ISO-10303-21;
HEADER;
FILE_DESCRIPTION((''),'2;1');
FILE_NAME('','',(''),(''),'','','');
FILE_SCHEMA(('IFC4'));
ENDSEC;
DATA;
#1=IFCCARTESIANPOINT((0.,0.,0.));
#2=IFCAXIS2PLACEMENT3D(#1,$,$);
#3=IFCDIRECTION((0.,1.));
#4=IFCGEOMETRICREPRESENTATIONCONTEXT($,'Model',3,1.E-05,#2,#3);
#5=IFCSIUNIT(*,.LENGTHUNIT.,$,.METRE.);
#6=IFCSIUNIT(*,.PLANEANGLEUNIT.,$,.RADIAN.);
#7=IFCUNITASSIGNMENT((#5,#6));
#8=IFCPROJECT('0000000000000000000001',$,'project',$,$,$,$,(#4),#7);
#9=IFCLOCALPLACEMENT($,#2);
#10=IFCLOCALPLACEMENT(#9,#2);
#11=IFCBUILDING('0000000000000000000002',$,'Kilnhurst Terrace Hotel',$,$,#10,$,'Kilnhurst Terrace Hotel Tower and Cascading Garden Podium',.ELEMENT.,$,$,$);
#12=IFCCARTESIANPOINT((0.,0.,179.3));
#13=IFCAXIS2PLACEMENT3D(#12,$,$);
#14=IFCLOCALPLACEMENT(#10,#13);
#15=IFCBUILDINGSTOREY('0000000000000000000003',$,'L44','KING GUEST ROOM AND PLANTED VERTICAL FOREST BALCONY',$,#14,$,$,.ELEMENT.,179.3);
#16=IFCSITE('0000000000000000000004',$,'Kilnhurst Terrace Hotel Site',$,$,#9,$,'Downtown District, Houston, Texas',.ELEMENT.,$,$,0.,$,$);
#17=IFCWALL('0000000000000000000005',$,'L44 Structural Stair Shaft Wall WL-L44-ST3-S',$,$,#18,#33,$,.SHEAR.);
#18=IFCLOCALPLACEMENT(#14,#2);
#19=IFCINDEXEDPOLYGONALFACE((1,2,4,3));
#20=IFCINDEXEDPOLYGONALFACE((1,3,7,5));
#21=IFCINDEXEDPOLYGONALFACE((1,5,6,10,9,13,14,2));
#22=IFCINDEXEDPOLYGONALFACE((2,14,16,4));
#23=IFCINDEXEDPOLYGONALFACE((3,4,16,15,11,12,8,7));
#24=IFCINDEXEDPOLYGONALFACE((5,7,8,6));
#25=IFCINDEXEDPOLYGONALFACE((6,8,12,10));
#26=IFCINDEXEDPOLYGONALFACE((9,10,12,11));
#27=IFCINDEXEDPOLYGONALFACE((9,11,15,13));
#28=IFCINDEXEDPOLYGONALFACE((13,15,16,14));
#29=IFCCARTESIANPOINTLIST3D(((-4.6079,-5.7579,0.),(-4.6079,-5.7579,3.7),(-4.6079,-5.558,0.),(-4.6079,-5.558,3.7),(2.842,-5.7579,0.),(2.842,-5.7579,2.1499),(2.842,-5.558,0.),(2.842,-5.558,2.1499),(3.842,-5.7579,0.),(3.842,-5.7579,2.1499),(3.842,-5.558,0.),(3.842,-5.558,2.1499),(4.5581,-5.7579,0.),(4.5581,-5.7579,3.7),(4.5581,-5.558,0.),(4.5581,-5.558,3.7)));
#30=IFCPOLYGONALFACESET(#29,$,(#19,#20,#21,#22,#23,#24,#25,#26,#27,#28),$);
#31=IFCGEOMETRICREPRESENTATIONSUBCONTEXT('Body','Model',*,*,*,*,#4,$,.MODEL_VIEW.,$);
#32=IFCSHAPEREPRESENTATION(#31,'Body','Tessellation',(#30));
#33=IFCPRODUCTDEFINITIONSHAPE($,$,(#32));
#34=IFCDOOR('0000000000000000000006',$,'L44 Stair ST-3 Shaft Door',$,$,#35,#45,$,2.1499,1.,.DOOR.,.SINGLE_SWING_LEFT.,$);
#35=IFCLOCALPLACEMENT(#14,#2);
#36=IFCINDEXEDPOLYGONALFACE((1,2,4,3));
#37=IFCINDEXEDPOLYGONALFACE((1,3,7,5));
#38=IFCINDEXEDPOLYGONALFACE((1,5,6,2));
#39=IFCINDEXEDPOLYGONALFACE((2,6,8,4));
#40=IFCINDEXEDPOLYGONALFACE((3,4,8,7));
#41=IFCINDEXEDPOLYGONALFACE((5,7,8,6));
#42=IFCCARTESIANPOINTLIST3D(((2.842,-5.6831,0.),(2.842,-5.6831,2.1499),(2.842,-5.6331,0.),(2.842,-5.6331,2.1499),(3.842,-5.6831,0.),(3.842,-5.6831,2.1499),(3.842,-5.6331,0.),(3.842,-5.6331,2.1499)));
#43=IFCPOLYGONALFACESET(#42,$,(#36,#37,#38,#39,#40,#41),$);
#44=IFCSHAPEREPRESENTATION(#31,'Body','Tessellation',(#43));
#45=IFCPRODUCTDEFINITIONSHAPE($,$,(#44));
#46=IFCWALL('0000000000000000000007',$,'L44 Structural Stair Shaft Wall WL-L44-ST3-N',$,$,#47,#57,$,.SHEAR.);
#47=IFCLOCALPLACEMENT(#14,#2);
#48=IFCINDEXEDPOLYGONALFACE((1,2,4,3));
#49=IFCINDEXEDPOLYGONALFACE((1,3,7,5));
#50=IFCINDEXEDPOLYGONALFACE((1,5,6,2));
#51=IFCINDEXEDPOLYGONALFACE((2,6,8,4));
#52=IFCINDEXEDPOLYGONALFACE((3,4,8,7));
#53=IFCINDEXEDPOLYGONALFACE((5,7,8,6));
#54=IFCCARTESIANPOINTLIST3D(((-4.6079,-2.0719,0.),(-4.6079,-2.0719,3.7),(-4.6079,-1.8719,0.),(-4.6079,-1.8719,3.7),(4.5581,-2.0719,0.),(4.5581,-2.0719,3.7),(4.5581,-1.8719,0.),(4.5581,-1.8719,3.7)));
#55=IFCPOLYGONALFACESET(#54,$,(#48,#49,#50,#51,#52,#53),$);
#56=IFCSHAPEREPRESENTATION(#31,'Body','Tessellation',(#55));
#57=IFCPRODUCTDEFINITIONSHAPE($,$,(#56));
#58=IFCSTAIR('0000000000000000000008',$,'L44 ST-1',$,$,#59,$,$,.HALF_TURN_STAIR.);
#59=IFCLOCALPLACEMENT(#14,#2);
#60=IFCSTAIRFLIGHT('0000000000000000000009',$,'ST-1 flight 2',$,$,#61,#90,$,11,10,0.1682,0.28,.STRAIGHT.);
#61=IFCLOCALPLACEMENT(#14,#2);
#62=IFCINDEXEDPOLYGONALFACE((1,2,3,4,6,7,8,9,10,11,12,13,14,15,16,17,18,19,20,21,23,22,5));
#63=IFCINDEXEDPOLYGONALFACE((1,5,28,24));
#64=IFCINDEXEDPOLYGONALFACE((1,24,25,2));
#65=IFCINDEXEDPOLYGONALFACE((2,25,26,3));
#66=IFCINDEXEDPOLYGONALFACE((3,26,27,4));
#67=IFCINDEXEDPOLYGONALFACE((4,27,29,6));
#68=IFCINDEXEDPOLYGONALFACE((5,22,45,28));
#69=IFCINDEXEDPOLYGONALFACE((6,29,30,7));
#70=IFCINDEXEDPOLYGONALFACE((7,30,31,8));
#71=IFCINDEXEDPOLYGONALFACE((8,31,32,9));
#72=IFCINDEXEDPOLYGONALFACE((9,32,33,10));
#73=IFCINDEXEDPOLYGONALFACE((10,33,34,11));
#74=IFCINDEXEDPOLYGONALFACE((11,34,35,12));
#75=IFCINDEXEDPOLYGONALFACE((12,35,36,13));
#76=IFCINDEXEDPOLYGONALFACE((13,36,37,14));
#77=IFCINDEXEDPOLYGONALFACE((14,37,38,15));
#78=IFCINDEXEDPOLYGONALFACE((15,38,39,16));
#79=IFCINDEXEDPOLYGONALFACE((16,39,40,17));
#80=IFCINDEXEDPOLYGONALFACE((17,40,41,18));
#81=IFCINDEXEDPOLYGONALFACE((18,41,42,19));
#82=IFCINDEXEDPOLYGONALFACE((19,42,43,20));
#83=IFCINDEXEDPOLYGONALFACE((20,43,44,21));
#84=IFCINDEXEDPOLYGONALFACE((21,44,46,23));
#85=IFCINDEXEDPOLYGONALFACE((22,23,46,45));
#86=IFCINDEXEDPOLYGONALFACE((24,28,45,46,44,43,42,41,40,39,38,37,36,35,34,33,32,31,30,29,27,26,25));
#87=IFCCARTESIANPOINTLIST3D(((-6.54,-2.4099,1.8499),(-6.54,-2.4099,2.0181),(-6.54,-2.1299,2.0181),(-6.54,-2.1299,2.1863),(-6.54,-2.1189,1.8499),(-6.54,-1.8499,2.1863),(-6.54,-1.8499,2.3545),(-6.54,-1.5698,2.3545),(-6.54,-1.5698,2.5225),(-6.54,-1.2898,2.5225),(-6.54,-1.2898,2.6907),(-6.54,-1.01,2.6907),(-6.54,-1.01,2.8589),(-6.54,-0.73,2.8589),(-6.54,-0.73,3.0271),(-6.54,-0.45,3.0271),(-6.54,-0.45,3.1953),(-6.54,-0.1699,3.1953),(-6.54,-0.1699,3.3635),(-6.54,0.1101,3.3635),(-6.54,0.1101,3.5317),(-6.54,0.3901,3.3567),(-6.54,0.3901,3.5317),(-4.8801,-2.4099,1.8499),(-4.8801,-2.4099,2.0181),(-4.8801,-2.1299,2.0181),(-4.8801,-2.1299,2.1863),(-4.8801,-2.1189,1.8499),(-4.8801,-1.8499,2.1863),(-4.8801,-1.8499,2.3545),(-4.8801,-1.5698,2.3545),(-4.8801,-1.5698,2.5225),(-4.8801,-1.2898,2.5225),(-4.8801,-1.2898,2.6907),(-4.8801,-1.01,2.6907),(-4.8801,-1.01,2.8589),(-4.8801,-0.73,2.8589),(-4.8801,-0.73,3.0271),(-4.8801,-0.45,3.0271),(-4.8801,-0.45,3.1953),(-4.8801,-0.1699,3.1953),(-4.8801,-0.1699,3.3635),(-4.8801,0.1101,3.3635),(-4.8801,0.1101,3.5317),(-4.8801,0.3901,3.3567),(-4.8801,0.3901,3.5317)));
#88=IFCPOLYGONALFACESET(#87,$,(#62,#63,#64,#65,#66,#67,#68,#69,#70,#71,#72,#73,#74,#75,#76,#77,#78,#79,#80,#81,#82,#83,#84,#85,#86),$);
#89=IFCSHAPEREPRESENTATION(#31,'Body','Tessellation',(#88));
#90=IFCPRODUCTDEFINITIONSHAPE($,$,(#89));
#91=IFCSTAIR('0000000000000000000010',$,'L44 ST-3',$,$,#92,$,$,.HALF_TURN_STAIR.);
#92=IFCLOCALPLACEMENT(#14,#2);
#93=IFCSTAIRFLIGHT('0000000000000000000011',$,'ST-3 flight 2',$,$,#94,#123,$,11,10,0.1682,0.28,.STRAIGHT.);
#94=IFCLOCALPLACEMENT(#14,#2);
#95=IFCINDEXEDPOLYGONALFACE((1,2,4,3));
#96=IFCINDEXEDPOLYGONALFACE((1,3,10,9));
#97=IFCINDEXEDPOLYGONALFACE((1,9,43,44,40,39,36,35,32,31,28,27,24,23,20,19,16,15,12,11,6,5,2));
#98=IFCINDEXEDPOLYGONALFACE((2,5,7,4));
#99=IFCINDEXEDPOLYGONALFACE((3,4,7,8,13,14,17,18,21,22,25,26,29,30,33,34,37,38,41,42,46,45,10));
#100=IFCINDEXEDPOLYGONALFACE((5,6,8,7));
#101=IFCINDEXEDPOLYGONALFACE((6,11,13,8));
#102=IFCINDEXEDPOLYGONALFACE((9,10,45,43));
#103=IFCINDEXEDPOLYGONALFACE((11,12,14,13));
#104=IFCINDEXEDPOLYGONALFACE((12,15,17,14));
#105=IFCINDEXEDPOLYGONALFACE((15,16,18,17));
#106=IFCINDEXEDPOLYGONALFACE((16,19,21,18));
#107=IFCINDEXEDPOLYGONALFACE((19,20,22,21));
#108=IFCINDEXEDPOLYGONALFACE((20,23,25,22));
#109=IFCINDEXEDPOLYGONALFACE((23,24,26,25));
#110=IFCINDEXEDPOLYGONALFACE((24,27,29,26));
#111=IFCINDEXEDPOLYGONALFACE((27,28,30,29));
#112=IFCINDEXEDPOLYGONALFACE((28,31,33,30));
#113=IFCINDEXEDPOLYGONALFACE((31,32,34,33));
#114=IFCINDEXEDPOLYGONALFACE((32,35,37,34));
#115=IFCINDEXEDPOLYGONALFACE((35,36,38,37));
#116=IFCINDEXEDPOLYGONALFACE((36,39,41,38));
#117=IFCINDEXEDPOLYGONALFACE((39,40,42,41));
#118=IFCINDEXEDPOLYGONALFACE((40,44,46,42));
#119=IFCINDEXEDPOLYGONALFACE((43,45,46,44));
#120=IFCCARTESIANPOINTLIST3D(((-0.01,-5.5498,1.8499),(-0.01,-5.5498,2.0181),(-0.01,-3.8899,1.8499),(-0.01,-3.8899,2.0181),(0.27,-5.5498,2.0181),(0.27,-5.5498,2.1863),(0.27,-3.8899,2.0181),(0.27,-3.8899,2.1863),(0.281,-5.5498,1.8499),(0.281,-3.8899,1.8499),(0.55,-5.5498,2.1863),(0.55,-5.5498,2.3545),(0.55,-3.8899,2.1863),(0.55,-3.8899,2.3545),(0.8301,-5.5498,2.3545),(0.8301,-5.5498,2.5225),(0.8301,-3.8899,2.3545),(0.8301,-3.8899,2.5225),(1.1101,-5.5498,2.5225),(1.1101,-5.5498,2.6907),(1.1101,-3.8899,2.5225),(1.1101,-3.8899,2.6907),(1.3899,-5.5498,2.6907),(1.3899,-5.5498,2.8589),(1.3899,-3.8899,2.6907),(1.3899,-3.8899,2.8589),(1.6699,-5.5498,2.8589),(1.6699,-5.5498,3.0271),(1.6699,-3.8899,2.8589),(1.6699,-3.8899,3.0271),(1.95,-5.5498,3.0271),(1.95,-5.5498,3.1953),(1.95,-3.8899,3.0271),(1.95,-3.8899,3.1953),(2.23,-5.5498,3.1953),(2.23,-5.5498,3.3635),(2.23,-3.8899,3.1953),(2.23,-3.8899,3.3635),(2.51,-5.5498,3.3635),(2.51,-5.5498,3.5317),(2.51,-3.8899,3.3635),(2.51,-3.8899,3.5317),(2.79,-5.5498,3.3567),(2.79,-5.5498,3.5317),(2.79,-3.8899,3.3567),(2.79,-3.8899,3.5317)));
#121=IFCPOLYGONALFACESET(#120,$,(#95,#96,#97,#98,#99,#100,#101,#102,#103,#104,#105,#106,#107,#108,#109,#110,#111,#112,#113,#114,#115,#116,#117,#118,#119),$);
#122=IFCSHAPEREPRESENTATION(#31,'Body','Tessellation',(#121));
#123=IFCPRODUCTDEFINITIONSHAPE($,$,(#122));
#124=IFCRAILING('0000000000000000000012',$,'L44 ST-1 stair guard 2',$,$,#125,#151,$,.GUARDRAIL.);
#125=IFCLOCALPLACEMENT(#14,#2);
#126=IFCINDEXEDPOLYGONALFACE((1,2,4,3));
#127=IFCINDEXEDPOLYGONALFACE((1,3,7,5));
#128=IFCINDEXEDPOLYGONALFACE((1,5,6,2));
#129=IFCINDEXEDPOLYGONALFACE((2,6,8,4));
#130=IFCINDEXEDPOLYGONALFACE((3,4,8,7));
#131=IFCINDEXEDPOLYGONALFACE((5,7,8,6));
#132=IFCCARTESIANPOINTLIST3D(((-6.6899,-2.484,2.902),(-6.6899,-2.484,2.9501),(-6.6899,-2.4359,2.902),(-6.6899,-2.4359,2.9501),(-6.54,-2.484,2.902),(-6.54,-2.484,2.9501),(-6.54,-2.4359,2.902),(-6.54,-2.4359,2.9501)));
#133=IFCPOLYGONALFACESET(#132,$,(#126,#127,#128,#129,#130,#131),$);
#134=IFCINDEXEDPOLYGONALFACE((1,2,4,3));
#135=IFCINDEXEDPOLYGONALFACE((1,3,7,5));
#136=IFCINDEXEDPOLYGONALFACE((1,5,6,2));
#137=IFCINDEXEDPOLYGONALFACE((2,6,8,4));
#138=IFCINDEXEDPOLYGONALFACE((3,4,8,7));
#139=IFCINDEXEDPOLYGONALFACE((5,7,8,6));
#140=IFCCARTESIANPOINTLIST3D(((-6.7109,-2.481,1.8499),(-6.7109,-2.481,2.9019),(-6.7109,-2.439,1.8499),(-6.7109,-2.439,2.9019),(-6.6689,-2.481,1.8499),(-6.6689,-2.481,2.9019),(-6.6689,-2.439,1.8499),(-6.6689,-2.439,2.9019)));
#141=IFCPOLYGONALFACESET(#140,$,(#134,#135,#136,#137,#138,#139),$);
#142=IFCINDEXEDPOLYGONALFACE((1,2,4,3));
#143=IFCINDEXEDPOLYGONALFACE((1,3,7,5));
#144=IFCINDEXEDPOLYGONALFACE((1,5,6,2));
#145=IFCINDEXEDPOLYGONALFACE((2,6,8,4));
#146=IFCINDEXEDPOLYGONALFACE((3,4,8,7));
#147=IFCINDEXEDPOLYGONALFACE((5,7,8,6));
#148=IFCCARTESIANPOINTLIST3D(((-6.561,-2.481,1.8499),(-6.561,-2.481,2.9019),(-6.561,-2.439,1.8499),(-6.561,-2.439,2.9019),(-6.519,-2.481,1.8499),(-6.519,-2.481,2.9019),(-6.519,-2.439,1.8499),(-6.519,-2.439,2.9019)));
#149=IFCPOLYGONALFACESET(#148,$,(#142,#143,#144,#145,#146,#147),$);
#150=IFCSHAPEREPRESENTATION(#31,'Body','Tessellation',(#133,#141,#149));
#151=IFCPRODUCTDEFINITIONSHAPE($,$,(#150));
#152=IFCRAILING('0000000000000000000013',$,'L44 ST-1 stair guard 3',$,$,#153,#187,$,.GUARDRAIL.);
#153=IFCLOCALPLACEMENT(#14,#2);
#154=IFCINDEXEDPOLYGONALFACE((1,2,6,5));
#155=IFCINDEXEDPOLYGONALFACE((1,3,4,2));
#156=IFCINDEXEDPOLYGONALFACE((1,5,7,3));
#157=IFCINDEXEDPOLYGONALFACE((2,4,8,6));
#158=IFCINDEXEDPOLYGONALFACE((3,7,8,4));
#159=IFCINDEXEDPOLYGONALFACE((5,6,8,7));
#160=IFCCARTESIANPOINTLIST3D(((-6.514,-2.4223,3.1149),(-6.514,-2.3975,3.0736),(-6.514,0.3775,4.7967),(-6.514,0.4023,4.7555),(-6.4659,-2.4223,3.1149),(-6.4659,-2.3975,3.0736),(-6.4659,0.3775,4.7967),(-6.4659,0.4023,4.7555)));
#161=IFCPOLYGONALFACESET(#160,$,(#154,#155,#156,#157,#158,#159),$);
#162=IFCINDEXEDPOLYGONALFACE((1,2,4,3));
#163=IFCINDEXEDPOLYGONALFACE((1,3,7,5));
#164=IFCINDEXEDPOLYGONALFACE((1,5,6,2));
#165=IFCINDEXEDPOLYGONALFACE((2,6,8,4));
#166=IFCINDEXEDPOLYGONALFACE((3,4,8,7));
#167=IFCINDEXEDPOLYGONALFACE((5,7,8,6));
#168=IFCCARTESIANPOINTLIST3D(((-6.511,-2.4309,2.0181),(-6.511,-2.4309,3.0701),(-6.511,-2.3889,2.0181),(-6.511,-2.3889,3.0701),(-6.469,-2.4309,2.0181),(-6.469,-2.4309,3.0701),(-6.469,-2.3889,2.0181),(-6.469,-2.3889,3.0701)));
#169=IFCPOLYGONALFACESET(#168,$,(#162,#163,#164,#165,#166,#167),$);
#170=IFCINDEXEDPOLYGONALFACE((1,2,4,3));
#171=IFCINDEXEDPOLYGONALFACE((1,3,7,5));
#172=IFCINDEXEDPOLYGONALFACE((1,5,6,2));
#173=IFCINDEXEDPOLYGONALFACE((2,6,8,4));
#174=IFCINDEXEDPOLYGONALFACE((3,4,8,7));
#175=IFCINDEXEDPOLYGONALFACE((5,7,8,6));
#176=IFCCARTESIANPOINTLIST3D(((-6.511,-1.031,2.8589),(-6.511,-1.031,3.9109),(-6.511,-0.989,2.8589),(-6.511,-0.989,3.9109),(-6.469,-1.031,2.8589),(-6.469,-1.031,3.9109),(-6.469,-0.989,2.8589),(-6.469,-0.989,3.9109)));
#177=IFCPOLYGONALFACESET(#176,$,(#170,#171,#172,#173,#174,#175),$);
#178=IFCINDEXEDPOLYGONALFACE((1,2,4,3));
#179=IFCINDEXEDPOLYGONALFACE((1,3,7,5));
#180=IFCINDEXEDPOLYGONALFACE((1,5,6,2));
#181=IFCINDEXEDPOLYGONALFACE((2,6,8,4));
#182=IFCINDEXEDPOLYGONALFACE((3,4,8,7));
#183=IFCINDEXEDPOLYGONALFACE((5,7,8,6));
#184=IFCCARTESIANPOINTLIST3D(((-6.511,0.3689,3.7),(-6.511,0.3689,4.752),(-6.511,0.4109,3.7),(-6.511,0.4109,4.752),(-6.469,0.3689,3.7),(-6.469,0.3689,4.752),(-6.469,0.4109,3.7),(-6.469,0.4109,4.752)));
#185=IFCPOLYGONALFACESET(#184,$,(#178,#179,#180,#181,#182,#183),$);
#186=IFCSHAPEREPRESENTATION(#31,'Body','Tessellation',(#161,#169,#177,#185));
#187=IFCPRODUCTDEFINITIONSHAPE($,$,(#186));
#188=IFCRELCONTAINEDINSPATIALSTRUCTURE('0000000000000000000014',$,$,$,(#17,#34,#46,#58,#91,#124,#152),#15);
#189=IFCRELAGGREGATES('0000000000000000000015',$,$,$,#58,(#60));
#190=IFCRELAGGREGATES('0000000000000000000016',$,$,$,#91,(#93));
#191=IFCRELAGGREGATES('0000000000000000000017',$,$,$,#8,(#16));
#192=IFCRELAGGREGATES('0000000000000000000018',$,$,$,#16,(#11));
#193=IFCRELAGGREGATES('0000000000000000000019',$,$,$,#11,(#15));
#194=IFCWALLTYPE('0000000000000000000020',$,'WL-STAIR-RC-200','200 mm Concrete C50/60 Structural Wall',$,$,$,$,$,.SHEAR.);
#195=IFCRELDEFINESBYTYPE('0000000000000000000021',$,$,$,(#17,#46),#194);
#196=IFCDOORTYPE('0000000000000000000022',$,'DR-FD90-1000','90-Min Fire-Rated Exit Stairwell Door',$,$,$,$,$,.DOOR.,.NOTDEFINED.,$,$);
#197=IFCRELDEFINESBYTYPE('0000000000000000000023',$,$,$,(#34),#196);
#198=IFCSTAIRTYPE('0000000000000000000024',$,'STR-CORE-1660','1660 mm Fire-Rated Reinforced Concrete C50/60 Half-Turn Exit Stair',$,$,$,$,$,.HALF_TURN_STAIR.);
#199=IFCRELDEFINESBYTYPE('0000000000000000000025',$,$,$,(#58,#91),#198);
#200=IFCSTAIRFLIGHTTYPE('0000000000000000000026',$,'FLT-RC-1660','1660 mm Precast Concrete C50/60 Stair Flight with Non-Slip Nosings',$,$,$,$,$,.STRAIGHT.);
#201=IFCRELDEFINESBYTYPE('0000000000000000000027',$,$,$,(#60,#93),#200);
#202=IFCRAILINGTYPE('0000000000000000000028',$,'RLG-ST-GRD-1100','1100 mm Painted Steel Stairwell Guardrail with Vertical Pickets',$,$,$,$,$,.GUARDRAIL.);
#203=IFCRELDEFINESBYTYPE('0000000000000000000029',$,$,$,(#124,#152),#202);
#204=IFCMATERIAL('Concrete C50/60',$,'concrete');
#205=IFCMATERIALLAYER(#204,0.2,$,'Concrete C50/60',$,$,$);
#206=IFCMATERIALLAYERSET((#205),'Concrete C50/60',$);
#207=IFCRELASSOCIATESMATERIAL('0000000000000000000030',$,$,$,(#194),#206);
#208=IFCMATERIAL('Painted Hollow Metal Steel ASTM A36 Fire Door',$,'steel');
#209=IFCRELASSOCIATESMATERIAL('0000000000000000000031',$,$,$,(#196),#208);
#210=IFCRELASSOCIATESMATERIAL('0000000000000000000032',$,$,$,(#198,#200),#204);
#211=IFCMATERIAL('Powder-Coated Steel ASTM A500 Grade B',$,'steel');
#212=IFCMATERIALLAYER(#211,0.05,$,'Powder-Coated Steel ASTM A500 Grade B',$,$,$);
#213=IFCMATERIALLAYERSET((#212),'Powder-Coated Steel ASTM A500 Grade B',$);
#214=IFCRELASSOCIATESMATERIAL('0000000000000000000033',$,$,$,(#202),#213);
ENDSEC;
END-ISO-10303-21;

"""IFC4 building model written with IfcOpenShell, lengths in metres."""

from ifc_helpers import new_model, si_unit, direction, frame, frame_2d, origin, origin_2d, place, context, subcontext, project, spatial, polyline, rectangle, outline, extrude, material, layer, layer_set, type_object, element, fill, aggregate, save


model = new_model("IFC4")

# Units and contexts
model_context = context("Model", 3, precision=1e-05, world=origin(), true_north=direction((0.0, 1.0)))
body_context = subcontext(model_context, "Body", "Model", "MODEL_VIEW")
ifc_project = project(units=[si_unit("LENGTHUNIT", "METRE"), si_unit("PLANEANGLEUNIT", "RADIAN")], contexts=[model_context])

# Site, building, storey
site_placement = place(None, origin())
site = spatial("IfcSite", under=ifc_project, at=site_placement, Name="Kilnhurst Terrace Hotel Site", LongName="Downtown District, Houston, Texas", CompositionType="ELEMENT", RefElevation=0.0)
building_placement = place(site_placement, origin())
building = spatial("IfcBuilding", under=site, at=building_placement, Name="Kilnhurst Terrace Hotel", LongName="Kilnhurst Terrace Hotel Tower and Cascading Garden Podium", CompositionType="ELEMENT")
storey_placement = place(building_placement, frame((0.0, 0.0, 179.3)))
storey = spatial("IfcBuildingStorey", under=building, at=storey_placement, Name="L44", Description="KING GUEST ROOM AND PLANTED VERTICAL FOREST BALCONY", CompositionType="ELEMENT", Elevation=179.3)

# Shared definitions
ifc_material_1 = material(Name="Concrete C50/60", Category="concrete")

# Shared definitions
ifc_layer_1 = layer(ifc_material_1, 0.2, Name="Concrete C50/60")
ifc_layer_set_1 = layer_set([ifc_layer_1], Name="Concrete C50/60")
wall_type_1 = type_object("IfcWallType", Name="WL-STAIR-RC-200", Description="200 mm Concrete C50/60 Structural Wall", PredefinedType="SHEAR", material=ifc_layer_set_1)

# Wall, opening, door
wall_1_placement = place(storey_placement, frame((-4.6079, -5.658, 0.0), z_axis=(0.0, 0.0, 1.0), x_axis=(1.0, 0.0, 0.0)))
wall_1 = element("IfcWall", 1, at=wall_1_placement, inside=storey, type_object=wall_type_1, Name="L44 Structural Stair Shaft Wall WL-L44-ST3-S", PredefinedType="SHEAR", context=body_context, shape_type="SweptSolid", body=[
    extrude(rectangle(XDim=9.166, YDim=0.2, at=frame_2d((4.583, 0.0))), origin(), (0.0, 0.0, 1.0), 3.7),
])
opening_1_placement = place(wall_1_placement, frame((7.45, 0.0, 0.0)))
opening_1 = element("IfcOpeningElement", 2, at=opening_1_placement, cuts=wall_1, PredefinedType="OPENING", context=body_context, shape_type="SweptSolid", body=[
    extrude(rectangle(XDim=1.0, YDim=2.1499, at=frame_2d((0.5, 1.075))), frame((0.0, 0.1099, 0.0), z_axis=(0.0, -1.0, 0.0), x_axis=(1.0, 0.0, 0.0)), (0.0, 0.0, 1.0), 0.22),
])
ifc_material_2 = material(Name="Painted Hollow Metal Steel ASTM A36 Fire Door", Category="steel")
door_type_1 = type_object("IfcDoorType", Name="DR-FD90-1000", Description="90-Min Fire-Rated Exit Stairwell Door", OperationType="NOTDEFINED", PredefinedType="DOOR", material=ifc_material_2)
door_1_placement = place(opening_1_placement, origin())
door_1 = element("IfcDoor", 3, at=door_1_placement, inside=storey, type_object=door_type_1, Name="L44 Stair ST-3 Shaft Door", OperationType="SINGLE_SWING_LEFT", OverallHeight=2.1499, OverallWidth=1.0, PredefinedType="DOOR", context=body_context, shape_type="SweptSolid", body=[
    extrude(rectangle(XDim=1.0, YDim=2.1499, at=frame_2d((0.5, 1.075))), frame((0.0, 0.0249, 0.0), z_axis=(0.0, -1.0, 0.0), x_axis=(1.0, 0.0, 0.0)), (0.0, 0.0, 1.0), 0.05),
])
fill(opening_1, door_1)

# Wall
wall_2_placement = place(storey_placement, frame((-4.6079, -1.9719, 0.0), z_axis=(0.0, 0.0, 1.0), x_axis=(1.0, 0.0, 0.0)))
element("IfcWall", 4, at=wall_2_placement, inside=storey, type_object=wall_type_1, Name="L44 Structural Stair Shaft Wall WL-L44-ST3-N", PredefinedType="SHEAR", context=body_context, shape_type="SweptSolid", body=[
    extrude(rectangle(XDim=9.166, YDim=0.2, at=frame_2d((4.583, 0.0))), origin(), (0.0, 0.0, 1.0), 3.7),
])

# Stairs, stair flights
stair_type = type_object("IfcStairType", Name="STR-CORE-1660", Description="1660 mm Fire-Rated Reinforced Concrete C50/60 Half-Turn Exit Stair", PredefinedType="HALF_TURN_STAIR", material=ifc_material_1)
stair_1_placement = place(storey_placement, origin())
stair_1 = element("IfcStair", 5, at=stair_1_placement, inside=storey, type_object=stair_type, Name="L44 ST-1", PredefinedType="HALF_TURN_STAIR")
stair_flight_type = type_object("IfcStairFlightType", Name="FLT-RC-1660", Description="1660 mm Precast Concrete C50/60 Stair Flight with Non-Slip Nosings", PredefinedType="STRAIGHT", material=ifc_material_1)
stair_flight_1_placement = place(storey_placement, frame((-5.71, -2.4099, 1.8499), z_axis=(0.0, 0.0, 1.0), x_axis=(0.0, 1.0, 0.0)))
stair_flight_1 = element("IfcStairFlight", 6, at=stair_flight_1_placement, type_object=stair_flight_type, Name="ST-1 flight 2", NumberOfRisers=11, NumberOfTreads=10, PredefinedType="STRAIGHT", RiserHeight=0.1682, TreadLength=0.28, context=body_context, shape_type="SweptSolid", body=[
    extrude(outline(polyline([(0.0, 0.0), (0.0, 0.1682), (0.28, 0.1682), (0.28, 0.3364), (0.5601, 0.3364), (0.5601, 0.5046), (0.8401, 0.5046), (0.8401, 0.6726), (1.1201, 0.6726), (1.1201, 0.8408), (1.3999, 0.8408), (1.3999, 1.009), (1.6799, 1.009), (1.6799, 1.1772), (1.96, 1.1772), (1.96, 1.3455), (2.24, 1.3455), (2.24, 1.5137), (2.52, 1.5137), (2.52, 1.6819), (2.8, 1.6819), (2.8, 1.8501), (2.8, 1.5068), (0.291, 0.0), (0.0, 0.0)])), frame((0.0, 0.8301, 0.0), z_axis=(0.0, -1.0, 0.0), x_axis=(1.0, 0.0, 0.0)), (0.0, 0.0, 1.0), 1.6599),
])
aggregate(stair_1, [stair_flight_1])
stair_2_placement = place(storey_placement, origin())
stair_2 = element("IfcStair", 7, at=stair_2_placement, inside=storey, type_object=stair_type, Name="L44 ST-3", PredefinedType="HALF_TURN_STAIR")
stair_flight_2_placement = place(storey_placement, frame((-0.01, -4.72, 1.8499), z_axis=(0.0, 0.0, 1.0), x_axis=(1.0, 0.0, 0.0)))
stair_flight_2 = element("IfcStairFlight", 8, at=stair_flight_2_placement, type_object=stair_flight_type, Name="ST-3 flight 2", NumberOfRisers=11, NumberOfTreads=10, PredefinedType="STRAIGHT", RiserHeight=0.1682, TreadLength=0.28, context=body_context, shape_type="SweptSolid", body=[
    extrude(outline(polyline([(0.0, 0.0), (0.0, 0.1682), (0.28, 0.1682), (0.28, 0.3364), (0.5601, 0.3364), (0.5601, 0.5046), (0.8401, 0.5046), (0.8401, 0.6726), (1.1201, 0.6726), (1.1201, 0.8408), (1.3999, 0.8408), (1.3999, 1.009), (1.6799, 1.009), (1.6799, 1.1772), (1.96, 1.1772), (1.96, 1.3455), (2.24, 1.3455), (2.24, 1.5137), (2.52, 1.5137), (2.52, 1.6819), (2.8, 1.6819), (2.8, 1.8501), (2.8, 1.5068), (0.291, 0.0), (0.0, 0.0)])), frame((0.0, 0.8301, 0.0), z_axis=(0.0, -1.0, 0.0), x_axis=(1.0, 0.0, 0.0)), (0.0, 0.0, 1.0), 1.6599),
])
aggregate(stair_2, [stair_flight_2])

# Railings
ifc_material_3 = material(Name="Powder-Coated Steel ASTM A500 Grade B", Category="steel")
ifc_layer_2 = layer(ifc_material_3, 0.05, Name="Powder-Coated Steel ASTM A500 Grade B")
ifc_layer_set_2 = layer_set([ifc_layer_2], Name="Powder-Coated Steel ASTM A500 Grade B")
railing_type_1 = type_object("IfcRailingType", Name="RLG-ST-GRD-1100", Description="1100 mm Painted Steel Stairwell Guardrail with Vertical Pickets", PredefinedType="GUARDRAIL", material=ifc_layer_set_2)
railing_1_placement = place(storey_placement, frame((-6.6899, -2.46, 1.8499)))
element("IfcRailing", 9, at=railing_1_placement, inside=storey, type_object=railing_type_1, Name="L44 ST-1 stair guard 2", PredefinedType="GUARDRAIL", context=body_context, shape_type="SweptSolid", body=[
    extrude(rectangle(XDim=0.0481, YDim=0.0481, at=origin_2d()), frame((0.0, 0.0, 1.0762), z_axis=(1.0, 0.0, 0.0), x_axis=(0.0, 1.0, 0.0)), (0.0, 0.0, 1.0), 0.1499),
    extrude(rectangle(XDim=0.042, YDim=0.042, at=origin_2d()), origin(), (0.0, 0.0, 1.0), 1.052),
    extrude(rectangle(XDim=0.042, YDim=0.042, at=origin_2d()), frame((0.1499, 0.0, 0.0)), (0.0, 0.0, 1.0), 1.052),
])
railing_2_placement = place(storey_placement, frame((-6.49, -2.4099, 2.0181)))
element("IfcRailing", 10, at=railing_2_placement, inside=storey, type_object=railing_type_1, Name="L44 ST-1 stair guard 3", PredefinedType="GUARDRAIL", context=body_context, shape_type="SweptSolid", body=[
    extrude(rectangle(XDim=0.0481, YDim=0.0481, at=origin_2d()), frame((0.0, 0.0, 1.0762), z_axis=(0.0, 0.857222, 0.514946), x_axis=(-1.0, 0.0, 0.0)), (0.0, 0.0, 1.0), 3.2661),
    extrude(rectangle(XDim=0.042, YDim=0.042, at=origin_2d()), origin(), (0.0, 0.0, 1.0), 1.052),
    extrude(rectangle(XDim=0.042, YDim=0.042, at=origin_2d()), frame((0.0, 1.3999, 0.8408)), (0.0, 0.0, 1.0), 1.052),
    extrude(rectangle(XDim=0.042, YDim=0.042, at=origin_2d()), frame((0.0, 2.7998, 1.6819)), (0.0, 0.0, 1.0), 1.052),
])

save(model, "model.ifc")
